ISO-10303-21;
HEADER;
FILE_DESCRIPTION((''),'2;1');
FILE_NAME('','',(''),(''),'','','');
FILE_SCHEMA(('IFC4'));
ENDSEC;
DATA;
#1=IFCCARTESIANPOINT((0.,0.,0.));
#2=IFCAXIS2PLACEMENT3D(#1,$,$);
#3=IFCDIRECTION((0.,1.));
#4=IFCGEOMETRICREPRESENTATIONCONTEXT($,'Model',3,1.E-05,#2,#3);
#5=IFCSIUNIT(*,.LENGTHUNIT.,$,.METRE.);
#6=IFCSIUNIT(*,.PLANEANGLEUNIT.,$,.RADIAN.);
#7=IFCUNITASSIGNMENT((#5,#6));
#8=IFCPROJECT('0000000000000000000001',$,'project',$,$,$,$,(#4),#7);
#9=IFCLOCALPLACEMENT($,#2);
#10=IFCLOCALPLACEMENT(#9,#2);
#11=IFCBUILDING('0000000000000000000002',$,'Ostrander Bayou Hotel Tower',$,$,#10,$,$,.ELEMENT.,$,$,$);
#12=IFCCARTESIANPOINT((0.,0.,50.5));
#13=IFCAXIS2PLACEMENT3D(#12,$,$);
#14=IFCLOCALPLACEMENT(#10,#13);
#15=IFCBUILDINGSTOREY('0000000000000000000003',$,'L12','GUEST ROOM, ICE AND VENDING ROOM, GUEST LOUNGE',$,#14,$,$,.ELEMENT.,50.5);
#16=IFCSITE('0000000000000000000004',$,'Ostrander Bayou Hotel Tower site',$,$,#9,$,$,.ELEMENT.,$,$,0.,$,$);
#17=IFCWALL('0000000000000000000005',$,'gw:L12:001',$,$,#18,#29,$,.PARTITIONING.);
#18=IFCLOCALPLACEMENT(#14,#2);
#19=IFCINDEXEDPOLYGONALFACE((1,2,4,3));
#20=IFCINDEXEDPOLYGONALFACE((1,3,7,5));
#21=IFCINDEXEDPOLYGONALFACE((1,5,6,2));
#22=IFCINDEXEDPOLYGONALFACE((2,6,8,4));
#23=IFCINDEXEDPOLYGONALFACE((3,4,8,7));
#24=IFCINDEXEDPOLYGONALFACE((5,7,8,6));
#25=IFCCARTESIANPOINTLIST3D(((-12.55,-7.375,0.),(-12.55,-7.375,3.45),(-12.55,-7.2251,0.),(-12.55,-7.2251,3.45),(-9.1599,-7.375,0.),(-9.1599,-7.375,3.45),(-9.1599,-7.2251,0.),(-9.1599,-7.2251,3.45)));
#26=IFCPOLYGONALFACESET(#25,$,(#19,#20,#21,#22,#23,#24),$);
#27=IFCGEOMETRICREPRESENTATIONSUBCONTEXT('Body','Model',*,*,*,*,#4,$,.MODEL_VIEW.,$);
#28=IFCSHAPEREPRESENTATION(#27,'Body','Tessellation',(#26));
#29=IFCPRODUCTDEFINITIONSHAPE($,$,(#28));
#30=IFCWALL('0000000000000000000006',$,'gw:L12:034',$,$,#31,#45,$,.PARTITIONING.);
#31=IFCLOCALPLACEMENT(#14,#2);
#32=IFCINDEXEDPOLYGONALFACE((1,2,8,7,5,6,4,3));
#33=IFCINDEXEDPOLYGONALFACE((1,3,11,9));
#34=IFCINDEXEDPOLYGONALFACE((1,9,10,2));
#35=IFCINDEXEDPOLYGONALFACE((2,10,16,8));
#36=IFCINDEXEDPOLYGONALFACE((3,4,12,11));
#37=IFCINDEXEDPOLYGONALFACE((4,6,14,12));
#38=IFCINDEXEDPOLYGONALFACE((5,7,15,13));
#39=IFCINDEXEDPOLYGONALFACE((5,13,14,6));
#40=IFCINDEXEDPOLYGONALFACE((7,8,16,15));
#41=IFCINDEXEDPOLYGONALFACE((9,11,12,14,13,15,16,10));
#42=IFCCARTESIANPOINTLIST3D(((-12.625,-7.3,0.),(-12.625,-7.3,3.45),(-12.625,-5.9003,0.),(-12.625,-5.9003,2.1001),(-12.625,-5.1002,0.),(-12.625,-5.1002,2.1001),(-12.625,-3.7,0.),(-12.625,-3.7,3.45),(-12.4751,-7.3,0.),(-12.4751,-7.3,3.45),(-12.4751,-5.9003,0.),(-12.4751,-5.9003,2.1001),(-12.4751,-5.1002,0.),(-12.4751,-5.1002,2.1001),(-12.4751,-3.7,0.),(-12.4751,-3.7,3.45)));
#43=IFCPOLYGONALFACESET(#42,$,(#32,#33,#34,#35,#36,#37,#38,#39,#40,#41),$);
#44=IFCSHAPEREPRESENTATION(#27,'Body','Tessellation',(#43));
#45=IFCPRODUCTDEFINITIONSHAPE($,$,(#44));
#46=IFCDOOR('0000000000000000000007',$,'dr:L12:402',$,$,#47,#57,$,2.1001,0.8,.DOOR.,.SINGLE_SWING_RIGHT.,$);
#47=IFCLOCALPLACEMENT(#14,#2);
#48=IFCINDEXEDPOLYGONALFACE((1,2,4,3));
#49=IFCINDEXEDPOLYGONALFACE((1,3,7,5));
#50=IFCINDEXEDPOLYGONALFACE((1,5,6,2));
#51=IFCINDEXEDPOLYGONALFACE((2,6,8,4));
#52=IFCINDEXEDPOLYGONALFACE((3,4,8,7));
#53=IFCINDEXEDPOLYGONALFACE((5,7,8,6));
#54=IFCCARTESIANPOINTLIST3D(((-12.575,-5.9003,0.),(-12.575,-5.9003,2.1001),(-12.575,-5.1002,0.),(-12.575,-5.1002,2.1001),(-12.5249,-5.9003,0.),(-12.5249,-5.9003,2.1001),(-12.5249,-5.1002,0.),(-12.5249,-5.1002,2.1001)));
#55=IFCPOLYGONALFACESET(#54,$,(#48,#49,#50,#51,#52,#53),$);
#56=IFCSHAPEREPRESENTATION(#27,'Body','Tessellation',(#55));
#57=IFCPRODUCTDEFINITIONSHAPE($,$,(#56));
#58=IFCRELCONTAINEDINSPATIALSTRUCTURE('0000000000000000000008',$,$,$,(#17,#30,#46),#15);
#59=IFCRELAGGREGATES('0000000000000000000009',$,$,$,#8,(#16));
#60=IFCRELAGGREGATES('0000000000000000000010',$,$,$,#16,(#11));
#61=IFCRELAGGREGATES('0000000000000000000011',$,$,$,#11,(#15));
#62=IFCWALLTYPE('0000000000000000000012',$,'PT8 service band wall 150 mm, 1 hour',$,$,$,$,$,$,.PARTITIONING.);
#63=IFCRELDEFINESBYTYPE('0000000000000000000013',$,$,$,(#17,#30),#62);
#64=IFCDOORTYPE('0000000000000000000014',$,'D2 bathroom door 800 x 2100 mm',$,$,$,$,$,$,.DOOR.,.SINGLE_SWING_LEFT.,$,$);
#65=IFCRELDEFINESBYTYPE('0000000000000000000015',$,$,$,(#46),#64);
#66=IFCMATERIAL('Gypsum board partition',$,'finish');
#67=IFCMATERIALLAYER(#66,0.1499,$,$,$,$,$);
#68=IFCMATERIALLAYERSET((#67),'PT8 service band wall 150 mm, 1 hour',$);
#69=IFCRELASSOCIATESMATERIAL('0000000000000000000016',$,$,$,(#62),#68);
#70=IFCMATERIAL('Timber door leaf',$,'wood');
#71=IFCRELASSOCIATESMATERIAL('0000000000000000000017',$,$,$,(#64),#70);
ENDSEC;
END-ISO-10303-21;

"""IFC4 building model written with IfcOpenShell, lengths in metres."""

from ifc_helpers import new_model, si_unit, direction, frame, frame_2d, origin, place, context, subcontext, project, spatial, rectangle, extrude, material, layer, layer_set, type_object, element, fill, save


model = new_model("IFC4")

# Units and contexts
model_context = context("Model", 3, precision=1e-05, world=origin(), true_north=direction((0.0, 1.0)))
body_context = subcontext(model_context, "Body", "Model", "MODEL_VIEW")
ifc_project = project(units=[si_unit("LENGTHUNIT", "METRE"), si_unit("PLANEANGLEUNIT", "RADIAN")], contexts=[model_context])

# Site, building, storey
site_placement = place(None, origin())
site = spatial("IfcSite", under=ifc_project, at=site_placement, Name="Ostrander Bayou Hotel Tower site", CompositionType="ELEMENT", RefElevation=0.0)
building_placement = place(site_placement, origin())
building = spatial("IfcBuilding", under=site, at=building_placement, Name="Ostrander Bayou Hotel Tower", CompositionType="ELEMENT")
storey_placement = place(building_placement, frame((0.0, 0.0, 50.5)))
storey = spatial("IfcBuildingStorey", under=building, at=storey_placement, Name="L12", Description="GUEST ROOM, ICE AND VENDING ROOM, GUEST LOUNGE", CompositionType="ELEMENT", Elevation=50.5)

# Wall
ifc_material_1 = material(Name="Gypsum board partition", Category="finish")
ifc_layer_1 = layer(ifc_material_1, 0.1499)
ifc_layer_set_1 = layer_set([ifc_layer_1], Name="PT8 service band wall 150 mm, 1 hour")
wall_type_1 = type_object("IfcWallType", Name="PT8 service band wall 150 mm, 1 hour", PredefinedType="PARTITIONING", material=ifc_layer_set_1)
wall_1_placement = place(storey_placement, frame((-12.55, -7.3, 0.0), z_axis=(0.0, 0.0, 1.0), x_axis=(1.0, 0.0, 0.0)))
element("IfcWall", 1, at=wall_1_placement, inside=storey, type_object=wall_type_1, Name="gw:L12:001", PredefinedType="PARTITIONING", context=body_context, shape_type="SweptSolid", body=[
    extrude(rectangle(XDim=3.3901, YDim=0.1499, at=frame_2d((1.6951, 0.0))), origin(), (0.0, 0.0, 1.0), 3.45),
])

# Wall, opening, door
wall_2_placement = place(storey_placement, frame((-12.55, -7.3, 0.0), z_axis=(0.0, 0.0, 1.0), x_axis=(0.0, 1.0, 0.0)))
wall_2 = element("IfcWall", 2, at=wall_2_placement, inside=storey, type_object=wall_type_1, Name="gw:L12:034", PredefinedType="PARTITIONING", context=body_context, shape_type="SweptSolid", body=[
    extrude(rectangle(XDim=3.6001, YDim=0.1499, at=frame_2d((1.8, 0.0))), origin(), (0.0, 0.0, 1.0), 3.45),
])
opening_placement = place(wall_2_placement, frame((1.3999, 0.0, 0.0)))
opening = element("IfcOpeningElement", 3, at=opening_placement, cuts=wall_2, PredefinedType="OPENING", context=body_context, shape_type="SweptSolid", body=[
    extrude(rectangle(XDim=0.8, YDim=2.1001, at=frame_2d((0.3999, 1.05))), frame((0.0, 0.075, 0.0), z_axis=(0.0, -1.0, 0.0), x_axis=(1.0, 0.0, 0.0)), (0.0, 0.0, 1.0), 0.1499),
])
ifc_material_2 = material(Name="Timber door leaf", Category="wood")
door_type = type_object("IfcDoorType", Name="D2 bathroom door 800 x 2100 mm", OperationType="SINGLE_SWING_LEFT", PredefinedType="DOOR", material=ifc_material_2)
door_placement = place(opening_placement, origin())
door = element("IfcDoor", 4, at=door_placement, inside=storey, type_object=door_type, Name="dr:L12:402", OperationType="SINGLE_SWING_RIGHT", OverallHeight=2.1001, OverallWidth=0.8, PredefinedType="DOOR", context=body_context, shape_type="SweptSolid", body=[
    extrude(rectangle(XDim=0.8, YDim=2.1001, at=frame_2d((0.3999, 1.05))), frame((0.0, 0.0249, 0.0), z_axis=(0.0, -1.0, 0.0), x_axis=(1.0, 0.0, 0.0)), (0.0, 0.0, 1.0), 0.05),
])
fill(opening, door)

save(model, "model.ifc")
